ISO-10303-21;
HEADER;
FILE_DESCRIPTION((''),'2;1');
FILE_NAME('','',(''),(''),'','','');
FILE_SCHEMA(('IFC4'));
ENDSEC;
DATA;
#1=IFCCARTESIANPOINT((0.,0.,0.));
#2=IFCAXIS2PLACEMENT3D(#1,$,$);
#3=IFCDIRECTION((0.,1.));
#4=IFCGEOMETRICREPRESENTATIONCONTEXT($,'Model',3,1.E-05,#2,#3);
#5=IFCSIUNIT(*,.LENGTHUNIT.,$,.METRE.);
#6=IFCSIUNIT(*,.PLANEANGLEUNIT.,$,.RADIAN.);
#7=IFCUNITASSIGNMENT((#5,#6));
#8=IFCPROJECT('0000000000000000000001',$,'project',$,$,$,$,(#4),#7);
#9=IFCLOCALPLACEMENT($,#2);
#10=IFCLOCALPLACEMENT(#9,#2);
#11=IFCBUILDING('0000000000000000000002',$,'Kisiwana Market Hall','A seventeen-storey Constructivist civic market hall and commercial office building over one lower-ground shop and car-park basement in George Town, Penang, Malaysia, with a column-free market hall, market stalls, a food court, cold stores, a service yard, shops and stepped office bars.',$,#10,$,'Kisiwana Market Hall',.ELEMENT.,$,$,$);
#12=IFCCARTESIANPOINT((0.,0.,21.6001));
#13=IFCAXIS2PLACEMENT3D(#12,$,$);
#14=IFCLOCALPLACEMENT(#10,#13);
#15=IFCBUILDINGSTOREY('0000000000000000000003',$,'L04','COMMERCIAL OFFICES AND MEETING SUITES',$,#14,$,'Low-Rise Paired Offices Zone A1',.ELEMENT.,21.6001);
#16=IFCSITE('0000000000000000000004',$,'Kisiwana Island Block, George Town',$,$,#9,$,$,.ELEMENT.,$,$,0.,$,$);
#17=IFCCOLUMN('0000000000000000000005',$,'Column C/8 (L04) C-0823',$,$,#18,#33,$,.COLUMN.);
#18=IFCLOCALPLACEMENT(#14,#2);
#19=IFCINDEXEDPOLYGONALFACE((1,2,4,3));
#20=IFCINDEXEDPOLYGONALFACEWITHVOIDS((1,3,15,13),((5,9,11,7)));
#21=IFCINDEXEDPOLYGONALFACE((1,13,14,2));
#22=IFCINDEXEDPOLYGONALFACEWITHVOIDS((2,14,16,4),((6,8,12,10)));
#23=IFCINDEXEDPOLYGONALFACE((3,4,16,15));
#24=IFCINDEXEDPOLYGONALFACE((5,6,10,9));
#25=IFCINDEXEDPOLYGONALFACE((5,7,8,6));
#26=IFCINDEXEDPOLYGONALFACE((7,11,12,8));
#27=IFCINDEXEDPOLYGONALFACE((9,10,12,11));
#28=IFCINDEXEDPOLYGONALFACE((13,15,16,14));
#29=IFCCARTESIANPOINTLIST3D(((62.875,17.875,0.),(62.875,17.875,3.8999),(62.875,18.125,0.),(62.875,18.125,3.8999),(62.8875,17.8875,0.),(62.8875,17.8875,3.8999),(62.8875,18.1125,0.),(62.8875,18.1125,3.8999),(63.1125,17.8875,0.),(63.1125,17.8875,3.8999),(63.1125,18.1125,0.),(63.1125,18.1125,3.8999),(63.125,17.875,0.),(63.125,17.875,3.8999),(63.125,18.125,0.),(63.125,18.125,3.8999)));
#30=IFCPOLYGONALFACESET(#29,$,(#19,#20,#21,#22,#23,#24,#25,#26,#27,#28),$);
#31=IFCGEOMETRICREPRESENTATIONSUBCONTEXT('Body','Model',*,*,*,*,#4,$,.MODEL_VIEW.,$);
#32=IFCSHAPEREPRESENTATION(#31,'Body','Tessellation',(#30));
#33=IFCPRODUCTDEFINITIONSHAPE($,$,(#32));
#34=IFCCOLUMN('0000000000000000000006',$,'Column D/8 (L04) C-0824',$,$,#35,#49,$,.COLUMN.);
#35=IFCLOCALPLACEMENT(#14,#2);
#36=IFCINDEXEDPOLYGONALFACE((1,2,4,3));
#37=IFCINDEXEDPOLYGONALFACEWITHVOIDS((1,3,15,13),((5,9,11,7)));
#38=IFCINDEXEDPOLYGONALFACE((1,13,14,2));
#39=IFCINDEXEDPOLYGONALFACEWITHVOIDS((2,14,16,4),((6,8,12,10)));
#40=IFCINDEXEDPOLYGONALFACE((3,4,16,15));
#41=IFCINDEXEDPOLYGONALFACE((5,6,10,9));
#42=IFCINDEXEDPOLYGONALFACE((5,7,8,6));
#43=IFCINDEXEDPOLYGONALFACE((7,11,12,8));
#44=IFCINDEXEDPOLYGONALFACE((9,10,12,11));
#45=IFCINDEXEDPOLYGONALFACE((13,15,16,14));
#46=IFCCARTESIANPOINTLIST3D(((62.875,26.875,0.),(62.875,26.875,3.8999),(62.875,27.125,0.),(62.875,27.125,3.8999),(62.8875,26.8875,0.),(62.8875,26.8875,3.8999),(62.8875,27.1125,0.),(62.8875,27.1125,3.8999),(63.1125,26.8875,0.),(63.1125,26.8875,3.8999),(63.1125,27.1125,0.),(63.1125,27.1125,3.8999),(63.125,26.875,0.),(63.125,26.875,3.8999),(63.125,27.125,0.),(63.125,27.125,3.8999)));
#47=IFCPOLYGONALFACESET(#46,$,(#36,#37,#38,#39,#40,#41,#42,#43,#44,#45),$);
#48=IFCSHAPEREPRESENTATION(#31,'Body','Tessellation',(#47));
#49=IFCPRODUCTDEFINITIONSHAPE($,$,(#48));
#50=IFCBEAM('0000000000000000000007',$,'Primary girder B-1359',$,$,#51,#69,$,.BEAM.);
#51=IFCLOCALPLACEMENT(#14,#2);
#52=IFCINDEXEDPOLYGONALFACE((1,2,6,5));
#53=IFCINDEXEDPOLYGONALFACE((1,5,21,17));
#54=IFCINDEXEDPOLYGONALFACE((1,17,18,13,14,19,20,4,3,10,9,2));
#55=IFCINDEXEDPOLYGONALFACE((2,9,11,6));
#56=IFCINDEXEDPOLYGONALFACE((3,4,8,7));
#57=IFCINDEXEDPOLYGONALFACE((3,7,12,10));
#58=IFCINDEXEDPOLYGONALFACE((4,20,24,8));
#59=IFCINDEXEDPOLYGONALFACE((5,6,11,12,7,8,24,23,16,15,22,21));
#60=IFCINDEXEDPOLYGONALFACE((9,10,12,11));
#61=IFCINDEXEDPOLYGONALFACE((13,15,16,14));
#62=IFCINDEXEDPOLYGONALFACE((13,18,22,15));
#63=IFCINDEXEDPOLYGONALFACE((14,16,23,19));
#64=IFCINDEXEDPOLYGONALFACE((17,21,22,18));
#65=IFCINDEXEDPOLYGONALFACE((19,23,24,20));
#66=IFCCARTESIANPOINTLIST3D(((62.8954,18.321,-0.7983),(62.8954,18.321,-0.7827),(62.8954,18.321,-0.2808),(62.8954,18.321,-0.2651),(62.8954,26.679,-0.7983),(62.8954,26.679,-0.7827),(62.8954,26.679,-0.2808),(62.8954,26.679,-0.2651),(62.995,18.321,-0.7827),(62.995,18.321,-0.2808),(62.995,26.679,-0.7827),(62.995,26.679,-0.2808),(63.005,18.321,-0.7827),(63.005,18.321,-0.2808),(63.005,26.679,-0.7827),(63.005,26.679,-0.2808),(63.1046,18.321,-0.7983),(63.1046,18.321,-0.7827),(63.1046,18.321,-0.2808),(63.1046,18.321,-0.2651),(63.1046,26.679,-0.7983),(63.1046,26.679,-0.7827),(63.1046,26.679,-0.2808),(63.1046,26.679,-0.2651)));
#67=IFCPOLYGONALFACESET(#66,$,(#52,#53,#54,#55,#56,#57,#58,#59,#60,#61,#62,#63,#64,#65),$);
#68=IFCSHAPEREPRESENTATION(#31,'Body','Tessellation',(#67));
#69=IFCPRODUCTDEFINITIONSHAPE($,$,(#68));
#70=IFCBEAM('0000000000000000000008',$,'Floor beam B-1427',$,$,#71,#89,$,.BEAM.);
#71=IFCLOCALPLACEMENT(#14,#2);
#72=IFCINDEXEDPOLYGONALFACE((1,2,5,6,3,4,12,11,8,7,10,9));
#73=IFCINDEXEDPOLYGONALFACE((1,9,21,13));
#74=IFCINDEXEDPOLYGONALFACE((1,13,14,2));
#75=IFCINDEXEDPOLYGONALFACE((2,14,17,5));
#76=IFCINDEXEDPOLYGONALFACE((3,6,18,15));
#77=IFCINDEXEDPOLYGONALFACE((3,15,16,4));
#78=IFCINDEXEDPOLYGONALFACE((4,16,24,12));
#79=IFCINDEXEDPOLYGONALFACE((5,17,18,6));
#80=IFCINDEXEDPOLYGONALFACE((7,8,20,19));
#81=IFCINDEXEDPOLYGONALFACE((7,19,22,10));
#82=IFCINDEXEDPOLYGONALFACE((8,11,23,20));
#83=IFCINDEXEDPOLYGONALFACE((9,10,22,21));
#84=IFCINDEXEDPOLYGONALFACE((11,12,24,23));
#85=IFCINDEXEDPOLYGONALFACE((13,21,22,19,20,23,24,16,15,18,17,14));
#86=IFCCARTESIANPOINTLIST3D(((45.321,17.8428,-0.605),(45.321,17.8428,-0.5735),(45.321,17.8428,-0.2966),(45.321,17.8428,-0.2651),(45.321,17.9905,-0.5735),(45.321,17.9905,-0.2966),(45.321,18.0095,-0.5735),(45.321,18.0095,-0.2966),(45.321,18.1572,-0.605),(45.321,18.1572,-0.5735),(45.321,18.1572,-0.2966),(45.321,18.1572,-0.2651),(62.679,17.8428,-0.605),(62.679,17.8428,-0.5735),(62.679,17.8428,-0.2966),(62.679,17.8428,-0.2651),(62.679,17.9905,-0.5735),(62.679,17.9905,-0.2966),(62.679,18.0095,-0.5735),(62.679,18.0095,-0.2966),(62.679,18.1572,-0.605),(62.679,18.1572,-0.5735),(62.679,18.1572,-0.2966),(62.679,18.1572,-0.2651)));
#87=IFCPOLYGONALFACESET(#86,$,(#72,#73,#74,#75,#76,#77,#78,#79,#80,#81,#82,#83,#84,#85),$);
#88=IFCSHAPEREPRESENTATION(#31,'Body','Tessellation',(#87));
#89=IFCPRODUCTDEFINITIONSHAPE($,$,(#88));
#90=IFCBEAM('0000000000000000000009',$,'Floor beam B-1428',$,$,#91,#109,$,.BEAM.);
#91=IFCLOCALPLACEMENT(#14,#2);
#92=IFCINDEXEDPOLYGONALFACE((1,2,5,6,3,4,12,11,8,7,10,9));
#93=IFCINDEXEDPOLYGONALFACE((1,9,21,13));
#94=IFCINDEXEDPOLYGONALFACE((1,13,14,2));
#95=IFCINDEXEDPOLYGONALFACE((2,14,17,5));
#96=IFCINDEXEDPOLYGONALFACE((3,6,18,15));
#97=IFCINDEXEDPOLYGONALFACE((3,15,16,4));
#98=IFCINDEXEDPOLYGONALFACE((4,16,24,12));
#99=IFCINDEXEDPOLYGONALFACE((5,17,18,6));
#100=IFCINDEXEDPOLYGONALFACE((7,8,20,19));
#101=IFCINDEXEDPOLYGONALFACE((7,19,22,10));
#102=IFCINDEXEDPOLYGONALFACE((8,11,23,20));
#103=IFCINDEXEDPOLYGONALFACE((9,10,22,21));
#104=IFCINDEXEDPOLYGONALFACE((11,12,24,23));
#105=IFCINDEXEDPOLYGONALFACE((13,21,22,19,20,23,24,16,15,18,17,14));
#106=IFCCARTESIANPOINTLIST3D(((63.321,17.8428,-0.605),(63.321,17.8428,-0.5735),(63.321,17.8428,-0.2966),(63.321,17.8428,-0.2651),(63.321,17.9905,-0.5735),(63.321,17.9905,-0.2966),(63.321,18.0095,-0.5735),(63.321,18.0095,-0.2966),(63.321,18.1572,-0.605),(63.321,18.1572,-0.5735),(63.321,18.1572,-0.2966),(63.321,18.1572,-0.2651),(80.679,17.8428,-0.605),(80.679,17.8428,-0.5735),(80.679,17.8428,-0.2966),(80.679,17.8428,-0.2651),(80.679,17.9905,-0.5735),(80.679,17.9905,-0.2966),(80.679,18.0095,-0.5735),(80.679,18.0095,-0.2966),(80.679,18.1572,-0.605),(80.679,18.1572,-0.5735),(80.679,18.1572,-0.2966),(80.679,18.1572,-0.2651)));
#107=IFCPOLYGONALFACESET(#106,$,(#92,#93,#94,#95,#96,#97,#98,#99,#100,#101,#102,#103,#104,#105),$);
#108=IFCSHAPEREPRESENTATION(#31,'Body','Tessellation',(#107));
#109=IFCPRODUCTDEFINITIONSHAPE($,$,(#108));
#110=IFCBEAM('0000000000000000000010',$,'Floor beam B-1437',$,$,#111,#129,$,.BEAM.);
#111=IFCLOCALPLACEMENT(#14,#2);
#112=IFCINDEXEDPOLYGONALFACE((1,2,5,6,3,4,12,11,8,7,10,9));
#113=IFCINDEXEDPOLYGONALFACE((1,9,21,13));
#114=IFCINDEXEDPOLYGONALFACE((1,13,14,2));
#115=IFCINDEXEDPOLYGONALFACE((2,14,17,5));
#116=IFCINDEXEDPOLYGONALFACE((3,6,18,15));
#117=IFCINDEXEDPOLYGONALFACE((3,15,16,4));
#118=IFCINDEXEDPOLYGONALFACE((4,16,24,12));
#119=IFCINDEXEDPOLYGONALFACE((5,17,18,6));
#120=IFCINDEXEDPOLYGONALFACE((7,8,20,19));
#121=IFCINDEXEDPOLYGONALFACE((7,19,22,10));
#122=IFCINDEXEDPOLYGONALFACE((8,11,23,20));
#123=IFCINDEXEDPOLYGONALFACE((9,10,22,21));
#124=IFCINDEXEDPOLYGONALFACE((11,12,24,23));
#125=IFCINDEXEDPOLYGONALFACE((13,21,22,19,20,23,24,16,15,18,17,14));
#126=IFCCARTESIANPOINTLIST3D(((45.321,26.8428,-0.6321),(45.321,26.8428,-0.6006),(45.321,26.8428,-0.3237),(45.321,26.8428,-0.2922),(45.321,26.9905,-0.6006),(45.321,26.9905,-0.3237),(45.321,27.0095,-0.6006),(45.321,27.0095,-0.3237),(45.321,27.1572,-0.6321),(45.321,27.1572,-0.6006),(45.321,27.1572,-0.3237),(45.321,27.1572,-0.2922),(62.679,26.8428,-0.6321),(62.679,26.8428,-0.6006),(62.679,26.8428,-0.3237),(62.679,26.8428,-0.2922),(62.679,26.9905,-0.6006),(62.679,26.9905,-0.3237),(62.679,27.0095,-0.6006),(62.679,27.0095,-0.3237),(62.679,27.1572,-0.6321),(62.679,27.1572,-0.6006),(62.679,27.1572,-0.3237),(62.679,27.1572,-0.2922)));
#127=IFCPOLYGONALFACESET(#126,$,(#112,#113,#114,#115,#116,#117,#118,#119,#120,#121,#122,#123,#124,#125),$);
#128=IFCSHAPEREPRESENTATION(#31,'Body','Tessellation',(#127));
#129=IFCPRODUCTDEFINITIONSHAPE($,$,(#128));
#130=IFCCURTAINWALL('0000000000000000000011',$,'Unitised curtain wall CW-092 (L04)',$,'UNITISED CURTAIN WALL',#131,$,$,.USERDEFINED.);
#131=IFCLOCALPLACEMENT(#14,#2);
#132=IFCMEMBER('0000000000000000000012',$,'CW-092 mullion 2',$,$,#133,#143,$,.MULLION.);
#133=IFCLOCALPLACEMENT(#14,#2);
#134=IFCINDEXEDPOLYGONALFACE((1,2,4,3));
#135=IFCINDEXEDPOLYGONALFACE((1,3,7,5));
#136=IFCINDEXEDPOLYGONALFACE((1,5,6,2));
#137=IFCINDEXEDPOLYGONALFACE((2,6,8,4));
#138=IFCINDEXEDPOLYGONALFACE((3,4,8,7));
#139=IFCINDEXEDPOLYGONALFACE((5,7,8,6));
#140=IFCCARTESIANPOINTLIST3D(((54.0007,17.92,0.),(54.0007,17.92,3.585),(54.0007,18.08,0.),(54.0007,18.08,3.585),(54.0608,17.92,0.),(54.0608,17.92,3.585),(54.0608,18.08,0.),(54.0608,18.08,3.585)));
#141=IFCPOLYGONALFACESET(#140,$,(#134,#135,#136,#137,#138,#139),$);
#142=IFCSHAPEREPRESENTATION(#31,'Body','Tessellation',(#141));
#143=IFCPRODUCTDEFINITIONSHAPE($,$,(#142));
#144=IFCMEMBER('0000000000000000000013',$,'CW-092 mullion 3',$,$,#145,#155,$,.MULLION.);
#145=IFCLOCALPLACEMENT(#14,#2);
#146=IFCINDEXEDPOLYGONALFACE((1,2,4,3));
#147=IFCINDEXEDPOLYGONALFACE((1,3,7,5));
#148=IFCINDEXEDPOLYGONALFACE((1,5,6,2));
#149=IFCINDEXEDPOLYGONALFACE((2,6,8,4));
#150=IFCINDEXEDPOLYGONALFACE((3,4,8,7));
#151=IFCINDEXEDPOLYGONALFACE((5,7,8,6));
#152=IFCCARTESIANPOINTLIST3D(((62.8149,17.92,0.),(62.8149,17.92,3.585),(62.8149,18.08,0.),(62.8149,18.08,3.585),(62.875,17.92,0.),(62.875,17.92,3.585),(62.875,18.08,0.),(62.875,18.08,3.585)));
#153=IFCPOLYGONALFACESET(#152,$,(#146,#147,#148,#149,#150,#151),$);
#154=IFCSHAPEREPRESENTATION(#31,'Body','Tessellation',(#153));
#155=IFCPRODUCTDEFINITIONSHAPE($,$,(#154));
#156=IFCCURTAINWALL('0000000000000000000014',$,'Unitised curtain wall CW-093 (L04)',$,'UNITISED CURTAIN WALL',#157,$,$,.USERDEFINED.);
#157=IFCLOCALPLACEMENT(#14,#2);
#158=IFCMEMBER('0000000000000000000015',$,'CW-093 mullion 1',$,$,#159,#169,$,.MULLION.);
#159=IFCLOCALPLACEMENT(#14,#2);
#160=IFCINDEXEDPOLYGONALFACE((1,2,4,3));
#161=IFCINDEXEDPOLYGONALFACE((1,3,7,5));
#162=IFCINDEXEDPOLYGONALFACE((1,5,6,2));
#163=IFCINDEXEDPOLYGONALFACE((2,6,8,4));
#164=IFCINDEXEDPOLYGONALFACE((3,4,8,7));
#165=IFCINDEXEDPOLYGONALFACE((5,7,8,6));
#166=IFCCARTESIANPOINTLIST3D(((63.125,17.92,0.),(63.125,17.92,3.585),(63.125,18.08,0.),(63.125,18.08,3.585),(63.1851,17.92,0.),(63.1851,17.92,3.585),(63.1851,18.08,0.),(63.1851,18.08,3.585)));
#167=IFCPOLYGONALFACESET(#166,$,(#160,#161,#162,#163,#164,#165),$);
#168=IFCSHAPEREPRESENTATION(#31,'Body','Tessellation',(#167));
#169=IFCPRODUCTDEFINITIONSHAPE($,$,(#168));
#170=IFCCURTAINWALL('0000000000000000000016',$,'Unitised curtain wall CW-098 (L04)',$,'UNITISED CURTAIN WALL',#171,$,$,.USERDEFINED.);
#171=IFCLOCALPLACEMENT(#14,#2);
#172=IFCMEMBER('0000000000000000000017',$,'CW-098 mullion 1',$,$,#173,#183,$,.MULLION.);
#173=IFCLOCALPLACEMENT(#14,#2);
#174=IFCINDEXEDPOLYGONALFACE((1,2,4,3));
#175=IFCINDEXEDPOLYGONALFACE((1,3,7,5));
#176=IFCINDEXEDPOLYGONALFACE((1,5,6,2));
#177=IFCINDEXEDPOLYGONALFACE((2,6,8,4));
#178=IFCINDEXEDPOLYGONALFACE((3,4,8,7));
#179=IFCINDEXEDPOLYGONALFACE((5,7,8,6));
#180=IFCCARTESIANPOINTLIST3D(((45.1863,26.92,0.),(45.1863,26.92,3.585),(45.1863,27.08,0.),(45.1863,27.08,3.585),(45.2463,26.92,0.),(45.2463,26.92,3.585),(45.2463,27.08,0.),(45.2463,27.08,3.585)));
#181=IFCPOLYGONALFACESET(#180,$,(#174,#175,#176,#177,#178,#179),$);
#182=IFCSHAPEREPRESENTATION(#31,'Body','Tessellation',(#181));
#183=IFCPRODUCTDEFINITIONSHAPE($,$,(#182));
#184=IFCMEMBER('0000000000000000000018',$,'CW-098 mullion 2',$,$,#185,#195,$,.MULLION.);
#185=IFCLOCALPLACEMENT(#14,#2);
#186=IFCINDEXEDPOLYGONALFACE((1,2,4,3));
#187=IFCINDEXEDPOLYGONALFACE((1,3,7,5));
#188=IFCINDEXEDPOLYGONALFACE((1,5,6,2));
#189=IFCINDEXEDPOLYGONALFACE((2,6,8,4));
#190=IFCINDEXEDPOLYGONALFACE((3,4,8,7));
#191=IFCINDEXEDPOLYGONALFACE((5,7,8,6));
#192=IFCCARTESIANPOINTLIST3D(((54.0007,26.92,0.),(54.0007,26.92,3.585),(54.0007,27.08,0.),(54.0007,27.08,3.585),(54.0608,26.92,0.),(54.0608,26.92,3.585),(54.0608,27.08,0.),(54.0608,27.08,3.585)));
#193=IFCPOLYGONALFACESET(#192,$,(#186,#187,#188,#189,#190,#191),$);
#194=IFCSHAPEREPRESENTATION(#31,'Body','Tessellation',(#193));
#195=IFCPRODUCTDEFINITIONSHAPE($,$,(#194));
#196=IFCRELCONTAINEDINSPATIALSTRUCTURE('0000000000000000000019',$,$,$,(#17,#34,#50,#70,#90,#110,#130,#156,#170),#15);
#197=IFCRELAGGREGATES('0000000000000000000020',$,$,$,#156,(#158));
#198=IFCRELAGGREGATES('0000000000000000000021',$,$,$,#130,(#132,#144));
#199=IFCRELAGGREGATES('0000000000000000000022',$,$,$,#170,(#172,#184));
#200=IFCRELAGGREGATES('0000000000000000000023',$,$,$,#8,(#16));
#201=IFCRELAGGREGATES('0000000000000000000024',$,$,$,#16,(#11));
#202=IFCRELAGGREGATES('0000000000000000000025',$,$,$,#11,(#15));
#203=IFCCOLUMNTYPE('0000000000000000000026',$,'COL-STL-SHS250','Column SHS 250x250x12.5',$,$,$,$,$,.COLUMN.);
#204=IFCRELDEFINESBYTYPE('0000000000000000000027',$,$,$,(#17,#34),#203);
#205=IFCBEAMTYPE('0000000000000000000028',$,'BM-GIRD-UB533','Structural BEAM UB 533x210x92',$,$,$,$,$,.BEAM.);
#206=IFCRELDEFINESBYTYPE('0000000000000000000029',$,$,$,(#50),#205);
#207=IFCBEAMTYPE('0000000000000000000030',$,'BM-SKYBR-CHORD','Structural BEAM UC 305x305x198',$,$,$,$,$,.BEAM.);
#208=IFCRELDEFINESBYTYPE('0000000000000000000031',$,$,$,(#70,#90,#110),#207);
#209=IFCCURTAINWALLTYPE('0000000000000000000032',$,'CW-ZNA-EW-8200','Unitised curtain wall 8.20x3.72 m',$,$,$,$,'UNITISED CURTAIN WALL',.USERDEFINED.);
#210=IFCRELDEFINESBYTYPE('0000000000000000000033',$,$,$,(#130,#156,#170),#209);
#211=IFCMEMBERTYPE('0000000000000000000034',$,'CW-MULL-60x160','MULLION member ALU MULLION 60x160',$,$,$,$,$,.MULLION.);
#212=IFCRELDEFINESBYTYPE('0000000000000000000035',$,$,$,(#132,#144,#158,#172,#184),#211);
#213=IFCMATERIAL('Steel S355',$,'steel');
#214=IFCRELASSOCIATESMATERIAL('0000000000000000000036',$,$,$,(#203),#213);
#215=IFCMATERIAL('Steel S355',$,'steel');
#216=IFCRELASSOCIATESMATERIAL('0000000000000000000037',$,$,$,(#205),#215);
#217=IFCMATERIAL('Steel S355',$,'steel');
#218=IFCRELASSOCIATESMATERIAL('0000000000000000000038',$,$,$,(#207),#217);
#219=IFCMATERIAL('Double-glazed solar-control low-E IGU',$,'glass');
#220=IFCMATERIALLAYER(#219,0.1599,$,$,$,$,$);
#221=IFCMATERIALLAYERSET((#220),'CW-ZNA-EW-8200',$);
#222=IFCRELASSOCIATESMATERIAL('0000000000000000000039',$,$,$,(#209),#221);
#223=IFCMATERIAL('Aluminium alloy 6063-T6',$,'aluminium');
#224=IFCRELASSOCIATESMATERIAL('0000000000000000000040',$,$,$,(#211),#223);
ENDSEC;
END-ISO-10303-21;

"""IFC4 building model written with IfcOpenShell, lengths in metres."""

from ifc_helpers import new_model, si_unit, direction, frame, origin, origin_2d, place, context, subcontext, project, spatial, rectangle, hollow_rectangle, i_section, extrude, material, layer, layer_set, material_profile, profile_set, type_object, element, aggregate, save


model = new_model("IFC4")

# Units and contexts
model_context = context("Model", 3, precision=1e-05, world=origin(), true_north=direction((0.0, 1.0)))
body_context = subcontext(model_context, "Body", "Model", "MODEL_VIEW")
ifc_project = project(units=[si_unit("LENGTHUNIT", "METRE"), si_unit("PLANEANGLEUNIT", "RADIAN")], contexts=[model_context])

# Site, building, storey
site_placement = place(None, origin())
site = spatial("IfcSite", under=ifc_project, at=site_placement, Name="Kisiwana Island Block, George Town", CompositionType="ELEMENT", RefElevation=0.0)
building_placement = place(site_placement, origin())
building = spatial("IfcBuilding", under=site, at=building_placement, Name="Kisiwana Market Hall", Description="A seventeen-storey Constructivist civic market hall and commercial office building over one lower-ground shop and car-park basement in George Town, Penang, Malaysia, with a column-free market hall, market stalls, a food court, cold stores, a service yard, shops and stepped office bars.", LongName="Kisiwana Market Hall", CompositionType="ELEMENT")
storey_placement = place(building_placement, frame((0.0, 0.0, 21.6001)))
storey = spatial("IfcBuildingStorey", under=building, at=storey_placement, Name="L04", Description="COMMERCIAL OFFICES AND MEETING SUITES", LongName="Low-Rise Paired Offices Zone A1", CompositionType="ELEMENT", Elevation=21.6001)

# Columns
ifc_material_1 = material(Name="Steel S355", Category="steel")
ifc_material_profile_1 = material_profile(ifc_material_1, hollow_rectangle(XDim=0.25, YDim=0.25, WallThickness=0.0125, at=origin_2d()), Name="SHS 250x250x12.5")
ifc_profile_set_1 = profile_set([ifc_material_profile_1], Name="Steel S355")
column_type = type_object("IfcColumnType", Name="COL-STL-SHS250", Description="Column SHS 250x250x12.5", PredefinedType="COLUMN", material=ifc_profile_set_1)
for number, where, z_axis, x_axis, name in (
    (1, (63.0, 18.0, 0.0), (0.0, 0.0, 1.0), (1.0, 0.0, 0.0), "Column C/8 (L04) C-0823"),
    (2, (63.0, 27.0, 0.0), (0.0, 0.0, 1.0), (1.0, 0.0, 0.0), "Column D/8 (L04) C-0824"),
):
    element("IfcColumn", number, at=place(storey_placement, frame(where, z_axis=z_axis, x_axis=x_axis)), inside=storey, type_object=column_type, Name=name, PredefinedType="COLUMN", context=body_context, shape_type="SweptSolid", body=[
        extrude(hollow_rectangle(XDim=0.25, YDim=0.25, WallThickness=0.0125, at=origin_2d()), origin(), (0.0, 0.0, 1.0), 3.8999),
    ])

# Beams
ifc_material_2 = material(Name="Steel S355", Category="steel")
ifc_material_profile_2 = material_profile(ifc_material_2, i_section(OverallWidth=0.2092, OverallDepth=0.5332, WebThickness=0.01, FlangeThickness=0.0156, at=origin_2d()), Name="UB 533x210x92")
ifc_profile_set_2 = profile_set([ifc_material_profile_2], Name="Steel S355")
beam_type_1 = type_object("IfcBeamType", Name="BM-GIRD-UB533", Description="Structural BEAM UB 533x210x92", PredefinedType="BEAM", material=ifc_profile_set_2)
beam_placement = place(storey_placement, frame((63.0, 18.321, -0.5317), z_axis=(0.0, 1.0, 0.0), x_axis=(-1.0, 0.0, 0.0)))
element("IfcBeam", 3, at=beam_placement, inside=storey, type_object=beam_type_1, Name="Primary girder B-1359", PredefinedType="BEAM", context=body_context, shape_type="SweptSolid", body=[
    extrude(i_section(OverallWidth=0.2092, OverallDepth=0.5332, WebThickness=0.01, FlangeThickness=0.0156, at=origin_2d()), origin(), (0.0, 0.0, 1.0), 8.3579),
])
ifc_material_3 = material(Name="Steel S355", Category="steel")
ifc_material_profile_3 = material_profile(ifc_material_3, i_section(OverallWidth=0.3145, OverallDepth=0.3398, WebThickness=0.019, FlangeThickness=0.0315, at=origin_2d()), Name="UC 305x305x198")
ifc_profile_set_3 = profile_set([ifc_material_profile_3], Name="Steel S355")
beam_type_2 = type_object("IfcBeamType", Name="BM-SKYBR-CHORD", Description="Structural BEAM UC 305x305x198", PredefinedType="BEAM", material=ifc_profile_set_3)
for number, where, z_axis, x_axis, name in (
    (4, (45.321, 18.0, -0.4351), (1.0, 0.0, 0.0), (0.0, 1.0, 0.0), "Floor beam B-1427"),
    (5, (63.321, 18.0, -0.4351), (1.0, 0.0, 0.0), (0.0, 1.0, 0.0), "Floor beam B-1428"),
    (6, (45.321, 27.0, -0.4622), (1.0, 0.0, 0.0), (0.0, 1.0, 0.0), "Floor beam B-1437"),
):
    element("IfcBeam", number, at=place(storey_placement, frame(where, z_axis=z_axis, x_axis=x_axis)), inside=storey, type_object=beam_type_2, Name=name, PredefinedType="BEAM", context=body_context, shape_type="SweptSolid", body=[
        extrude(i_section(OverallWidth=0.3145, OverallDepth=0.3398, WebThickness=0.019, FlangeThickness=0.0315, at=origin_2d()), origin(), (0.0, 0.0, 1.0), 17.3579),
    ])

# Curtain wall, members
ifc_material_4 = material(Name="Double-glazed solar-control low-E IGU", Category="glass")
ifc_layer_1 = layer(ifc_material_4, 0.1599)
ifc_layer_set_1 = layer_set([ifc_layer_1], Name="CW-ZNA-EW-8200")
curtain_wall_type = type_object("IfcCurtainWallType", Name="CW-ZNA-EW-8200", Description="Unitised curtain wall 8.20x3.72 m", ElementType="UNITISED CURTAIN WALL", PredefinedType="USERDEFINED", material=ifc_layer_set_1)
curtain_wall_1_placement = place(storey_placement, origin())
curtain_wall_1 = element("IfcCurtainWall", 7, at=curtain_wall_1_placement, inside=storey, type_object=curtain_wall_type, Name="Unitised curtain wall CW-092 (L04)", ObjectType="UNITISED CURTAIN WALL", PredefinedType="USERDEFINED")
ifc_material_5 = material(Name="Aluminium alloy 6063-T6", Category="aluminium")
ifc_material_profile_4 = material_profile(ifc_material_5, rectangle(XDim=0.0601, YDim=0.1599, at=origin_2d()), Name="ALU MULLION 60x160")
ifc_profile_set_4 = profile_set([ifc_material_profile_4], Name="Aluminium alloy 6063-T6")
member_type_1 = type_object("IfcMemberType", Name="CW-MULL-60x160", Description="MULLION member ALU MULLION 60x160", PredefinedType="MULLION", material=ifc_profile_set_4)
member_1_placement = place(storey_placement, frame((54.0308, 18.0, 0.0), z_axis=(0.0, 0.0, 1.0), x_axis=(1.0, 0.0, 0.0)))
member_1 = element("IfcMember", 8, at=member_1_placement, type_object=member_type_1, Name="CW-092 mullion 2", PredefinedType="MULLION", context=body_context, shape_type="SweptSolid", body=[
    extrude(rectangle(XDim=0.0601, YDim=0.1599, at=origin_2d()), origin(), (0.0, 0.0, 1.0), 3.585),
])
member_2_placement = place(storey_placement, frame((62.845, 18.0, 0.0), z_axis=(0.0, 0.0, 1.0), x_axis=(1.0, 0.0, 0.0)))
member_2 = element("IfcMember", 9, at=member_2_placement, type_object=member_type_1, Name="CW-092 mullion 3", PredefinedType="MULLION", context=body_context, shape_type="SweptSolid", body=[
    extrude(rectangle(XDim=0.0601, YDim=0.1599, at=origin_2d()), origin(), (0.0, 0.0, 1.0), 3.585),
])

# Curtain wall, member
curtain_wall_2_placement = place(storey_placement, origin())
curtain_wall_2 = element("IfcCurtainWall", 10, at=curtain_wall_2_placement, inside=storey, type_object=curtain_wall_type, Name="Unitised curtain wall CW-093 (L04)", ObjectType="UNITISED CURTAIN WALL", PredefinedType="USERDEFINED")
member_3_placement = place(storey_placement, frame((63.155, 18.0, 0.0), z_axis=(0.0, 0.0, 1.0), x_axis=(1.0, 0.0, 0.0)))
member_3 = element("IfcMember", 11, at=member_3_placement, type_object=member_type_1, Name="CW-093 mullion 1", PredefinedType="MULLION", context=body_context, shape_type="SweptSolid", body=[
    extrude(rectangle(XDim=0.0601, YDim=0.1599, at=origin_2d()), origin(), (0.0, 0.0, 1.0), 3.585),
])

# Curtain wall, members
curtain_wall_3_placement = place(storey_placement, origin())
curtain_wall_3 = element("IfcCurtainWall", 12, at=curtain_wall_3_placement, inside=storey, type_object=curtain_wall_type, Name="Unitised curtain wall CW-098 (L04)", ObjectType="UNITISED CURTAIN WALL", PredefinedType="USERDEFINED")
member_4_placement = place(storey_placement, frame((45.2163, 27.0, 0.0), z_axis=(0.0, 0.0, 1.0), x_axis=(1.0, 0.0, 0.0)))
member_4 = element("IfcMember", 13, at=member_4_placement, type_object=member_type_1, Name="CW-098 mullion 1", PredefinedType="MULLION", context=body_context, shape_type="SweptSolid", body=[
    extrude(rectangle(XDim=0.0601, YDim=0.1599, at=origin_2d()), origin(), (0.0, 0.0, 1.0), 3.585),
])
member_5_placement = place(storey_placement, frame((54.0308, 27.0, 0.0), z_axis=(0.0, 0.0, 1.0), x_axis=(1.0, 0.0, 0.0)))
member_5 = element("IfcMember", 14, at=member_5_placement, type_object=member_type_1, Name="CW-098 mullion 2", PredefinedType="MULLION", context=body_context, shape_type="SweptSolid", body=[
    extrude(rectangle(XDim=0.0601, YDim=0.1599, at=origin_2d()), origin(), (0.0, 0.0, 1.0), 3.585),
])

aggregate(curtain_wall_2, [member_3])

aggregate(curtain_wall_1, [member_1, member_2])
aggregate(curtain_wall_3, [member_4, member_5])

save(model, "model.ifc")
